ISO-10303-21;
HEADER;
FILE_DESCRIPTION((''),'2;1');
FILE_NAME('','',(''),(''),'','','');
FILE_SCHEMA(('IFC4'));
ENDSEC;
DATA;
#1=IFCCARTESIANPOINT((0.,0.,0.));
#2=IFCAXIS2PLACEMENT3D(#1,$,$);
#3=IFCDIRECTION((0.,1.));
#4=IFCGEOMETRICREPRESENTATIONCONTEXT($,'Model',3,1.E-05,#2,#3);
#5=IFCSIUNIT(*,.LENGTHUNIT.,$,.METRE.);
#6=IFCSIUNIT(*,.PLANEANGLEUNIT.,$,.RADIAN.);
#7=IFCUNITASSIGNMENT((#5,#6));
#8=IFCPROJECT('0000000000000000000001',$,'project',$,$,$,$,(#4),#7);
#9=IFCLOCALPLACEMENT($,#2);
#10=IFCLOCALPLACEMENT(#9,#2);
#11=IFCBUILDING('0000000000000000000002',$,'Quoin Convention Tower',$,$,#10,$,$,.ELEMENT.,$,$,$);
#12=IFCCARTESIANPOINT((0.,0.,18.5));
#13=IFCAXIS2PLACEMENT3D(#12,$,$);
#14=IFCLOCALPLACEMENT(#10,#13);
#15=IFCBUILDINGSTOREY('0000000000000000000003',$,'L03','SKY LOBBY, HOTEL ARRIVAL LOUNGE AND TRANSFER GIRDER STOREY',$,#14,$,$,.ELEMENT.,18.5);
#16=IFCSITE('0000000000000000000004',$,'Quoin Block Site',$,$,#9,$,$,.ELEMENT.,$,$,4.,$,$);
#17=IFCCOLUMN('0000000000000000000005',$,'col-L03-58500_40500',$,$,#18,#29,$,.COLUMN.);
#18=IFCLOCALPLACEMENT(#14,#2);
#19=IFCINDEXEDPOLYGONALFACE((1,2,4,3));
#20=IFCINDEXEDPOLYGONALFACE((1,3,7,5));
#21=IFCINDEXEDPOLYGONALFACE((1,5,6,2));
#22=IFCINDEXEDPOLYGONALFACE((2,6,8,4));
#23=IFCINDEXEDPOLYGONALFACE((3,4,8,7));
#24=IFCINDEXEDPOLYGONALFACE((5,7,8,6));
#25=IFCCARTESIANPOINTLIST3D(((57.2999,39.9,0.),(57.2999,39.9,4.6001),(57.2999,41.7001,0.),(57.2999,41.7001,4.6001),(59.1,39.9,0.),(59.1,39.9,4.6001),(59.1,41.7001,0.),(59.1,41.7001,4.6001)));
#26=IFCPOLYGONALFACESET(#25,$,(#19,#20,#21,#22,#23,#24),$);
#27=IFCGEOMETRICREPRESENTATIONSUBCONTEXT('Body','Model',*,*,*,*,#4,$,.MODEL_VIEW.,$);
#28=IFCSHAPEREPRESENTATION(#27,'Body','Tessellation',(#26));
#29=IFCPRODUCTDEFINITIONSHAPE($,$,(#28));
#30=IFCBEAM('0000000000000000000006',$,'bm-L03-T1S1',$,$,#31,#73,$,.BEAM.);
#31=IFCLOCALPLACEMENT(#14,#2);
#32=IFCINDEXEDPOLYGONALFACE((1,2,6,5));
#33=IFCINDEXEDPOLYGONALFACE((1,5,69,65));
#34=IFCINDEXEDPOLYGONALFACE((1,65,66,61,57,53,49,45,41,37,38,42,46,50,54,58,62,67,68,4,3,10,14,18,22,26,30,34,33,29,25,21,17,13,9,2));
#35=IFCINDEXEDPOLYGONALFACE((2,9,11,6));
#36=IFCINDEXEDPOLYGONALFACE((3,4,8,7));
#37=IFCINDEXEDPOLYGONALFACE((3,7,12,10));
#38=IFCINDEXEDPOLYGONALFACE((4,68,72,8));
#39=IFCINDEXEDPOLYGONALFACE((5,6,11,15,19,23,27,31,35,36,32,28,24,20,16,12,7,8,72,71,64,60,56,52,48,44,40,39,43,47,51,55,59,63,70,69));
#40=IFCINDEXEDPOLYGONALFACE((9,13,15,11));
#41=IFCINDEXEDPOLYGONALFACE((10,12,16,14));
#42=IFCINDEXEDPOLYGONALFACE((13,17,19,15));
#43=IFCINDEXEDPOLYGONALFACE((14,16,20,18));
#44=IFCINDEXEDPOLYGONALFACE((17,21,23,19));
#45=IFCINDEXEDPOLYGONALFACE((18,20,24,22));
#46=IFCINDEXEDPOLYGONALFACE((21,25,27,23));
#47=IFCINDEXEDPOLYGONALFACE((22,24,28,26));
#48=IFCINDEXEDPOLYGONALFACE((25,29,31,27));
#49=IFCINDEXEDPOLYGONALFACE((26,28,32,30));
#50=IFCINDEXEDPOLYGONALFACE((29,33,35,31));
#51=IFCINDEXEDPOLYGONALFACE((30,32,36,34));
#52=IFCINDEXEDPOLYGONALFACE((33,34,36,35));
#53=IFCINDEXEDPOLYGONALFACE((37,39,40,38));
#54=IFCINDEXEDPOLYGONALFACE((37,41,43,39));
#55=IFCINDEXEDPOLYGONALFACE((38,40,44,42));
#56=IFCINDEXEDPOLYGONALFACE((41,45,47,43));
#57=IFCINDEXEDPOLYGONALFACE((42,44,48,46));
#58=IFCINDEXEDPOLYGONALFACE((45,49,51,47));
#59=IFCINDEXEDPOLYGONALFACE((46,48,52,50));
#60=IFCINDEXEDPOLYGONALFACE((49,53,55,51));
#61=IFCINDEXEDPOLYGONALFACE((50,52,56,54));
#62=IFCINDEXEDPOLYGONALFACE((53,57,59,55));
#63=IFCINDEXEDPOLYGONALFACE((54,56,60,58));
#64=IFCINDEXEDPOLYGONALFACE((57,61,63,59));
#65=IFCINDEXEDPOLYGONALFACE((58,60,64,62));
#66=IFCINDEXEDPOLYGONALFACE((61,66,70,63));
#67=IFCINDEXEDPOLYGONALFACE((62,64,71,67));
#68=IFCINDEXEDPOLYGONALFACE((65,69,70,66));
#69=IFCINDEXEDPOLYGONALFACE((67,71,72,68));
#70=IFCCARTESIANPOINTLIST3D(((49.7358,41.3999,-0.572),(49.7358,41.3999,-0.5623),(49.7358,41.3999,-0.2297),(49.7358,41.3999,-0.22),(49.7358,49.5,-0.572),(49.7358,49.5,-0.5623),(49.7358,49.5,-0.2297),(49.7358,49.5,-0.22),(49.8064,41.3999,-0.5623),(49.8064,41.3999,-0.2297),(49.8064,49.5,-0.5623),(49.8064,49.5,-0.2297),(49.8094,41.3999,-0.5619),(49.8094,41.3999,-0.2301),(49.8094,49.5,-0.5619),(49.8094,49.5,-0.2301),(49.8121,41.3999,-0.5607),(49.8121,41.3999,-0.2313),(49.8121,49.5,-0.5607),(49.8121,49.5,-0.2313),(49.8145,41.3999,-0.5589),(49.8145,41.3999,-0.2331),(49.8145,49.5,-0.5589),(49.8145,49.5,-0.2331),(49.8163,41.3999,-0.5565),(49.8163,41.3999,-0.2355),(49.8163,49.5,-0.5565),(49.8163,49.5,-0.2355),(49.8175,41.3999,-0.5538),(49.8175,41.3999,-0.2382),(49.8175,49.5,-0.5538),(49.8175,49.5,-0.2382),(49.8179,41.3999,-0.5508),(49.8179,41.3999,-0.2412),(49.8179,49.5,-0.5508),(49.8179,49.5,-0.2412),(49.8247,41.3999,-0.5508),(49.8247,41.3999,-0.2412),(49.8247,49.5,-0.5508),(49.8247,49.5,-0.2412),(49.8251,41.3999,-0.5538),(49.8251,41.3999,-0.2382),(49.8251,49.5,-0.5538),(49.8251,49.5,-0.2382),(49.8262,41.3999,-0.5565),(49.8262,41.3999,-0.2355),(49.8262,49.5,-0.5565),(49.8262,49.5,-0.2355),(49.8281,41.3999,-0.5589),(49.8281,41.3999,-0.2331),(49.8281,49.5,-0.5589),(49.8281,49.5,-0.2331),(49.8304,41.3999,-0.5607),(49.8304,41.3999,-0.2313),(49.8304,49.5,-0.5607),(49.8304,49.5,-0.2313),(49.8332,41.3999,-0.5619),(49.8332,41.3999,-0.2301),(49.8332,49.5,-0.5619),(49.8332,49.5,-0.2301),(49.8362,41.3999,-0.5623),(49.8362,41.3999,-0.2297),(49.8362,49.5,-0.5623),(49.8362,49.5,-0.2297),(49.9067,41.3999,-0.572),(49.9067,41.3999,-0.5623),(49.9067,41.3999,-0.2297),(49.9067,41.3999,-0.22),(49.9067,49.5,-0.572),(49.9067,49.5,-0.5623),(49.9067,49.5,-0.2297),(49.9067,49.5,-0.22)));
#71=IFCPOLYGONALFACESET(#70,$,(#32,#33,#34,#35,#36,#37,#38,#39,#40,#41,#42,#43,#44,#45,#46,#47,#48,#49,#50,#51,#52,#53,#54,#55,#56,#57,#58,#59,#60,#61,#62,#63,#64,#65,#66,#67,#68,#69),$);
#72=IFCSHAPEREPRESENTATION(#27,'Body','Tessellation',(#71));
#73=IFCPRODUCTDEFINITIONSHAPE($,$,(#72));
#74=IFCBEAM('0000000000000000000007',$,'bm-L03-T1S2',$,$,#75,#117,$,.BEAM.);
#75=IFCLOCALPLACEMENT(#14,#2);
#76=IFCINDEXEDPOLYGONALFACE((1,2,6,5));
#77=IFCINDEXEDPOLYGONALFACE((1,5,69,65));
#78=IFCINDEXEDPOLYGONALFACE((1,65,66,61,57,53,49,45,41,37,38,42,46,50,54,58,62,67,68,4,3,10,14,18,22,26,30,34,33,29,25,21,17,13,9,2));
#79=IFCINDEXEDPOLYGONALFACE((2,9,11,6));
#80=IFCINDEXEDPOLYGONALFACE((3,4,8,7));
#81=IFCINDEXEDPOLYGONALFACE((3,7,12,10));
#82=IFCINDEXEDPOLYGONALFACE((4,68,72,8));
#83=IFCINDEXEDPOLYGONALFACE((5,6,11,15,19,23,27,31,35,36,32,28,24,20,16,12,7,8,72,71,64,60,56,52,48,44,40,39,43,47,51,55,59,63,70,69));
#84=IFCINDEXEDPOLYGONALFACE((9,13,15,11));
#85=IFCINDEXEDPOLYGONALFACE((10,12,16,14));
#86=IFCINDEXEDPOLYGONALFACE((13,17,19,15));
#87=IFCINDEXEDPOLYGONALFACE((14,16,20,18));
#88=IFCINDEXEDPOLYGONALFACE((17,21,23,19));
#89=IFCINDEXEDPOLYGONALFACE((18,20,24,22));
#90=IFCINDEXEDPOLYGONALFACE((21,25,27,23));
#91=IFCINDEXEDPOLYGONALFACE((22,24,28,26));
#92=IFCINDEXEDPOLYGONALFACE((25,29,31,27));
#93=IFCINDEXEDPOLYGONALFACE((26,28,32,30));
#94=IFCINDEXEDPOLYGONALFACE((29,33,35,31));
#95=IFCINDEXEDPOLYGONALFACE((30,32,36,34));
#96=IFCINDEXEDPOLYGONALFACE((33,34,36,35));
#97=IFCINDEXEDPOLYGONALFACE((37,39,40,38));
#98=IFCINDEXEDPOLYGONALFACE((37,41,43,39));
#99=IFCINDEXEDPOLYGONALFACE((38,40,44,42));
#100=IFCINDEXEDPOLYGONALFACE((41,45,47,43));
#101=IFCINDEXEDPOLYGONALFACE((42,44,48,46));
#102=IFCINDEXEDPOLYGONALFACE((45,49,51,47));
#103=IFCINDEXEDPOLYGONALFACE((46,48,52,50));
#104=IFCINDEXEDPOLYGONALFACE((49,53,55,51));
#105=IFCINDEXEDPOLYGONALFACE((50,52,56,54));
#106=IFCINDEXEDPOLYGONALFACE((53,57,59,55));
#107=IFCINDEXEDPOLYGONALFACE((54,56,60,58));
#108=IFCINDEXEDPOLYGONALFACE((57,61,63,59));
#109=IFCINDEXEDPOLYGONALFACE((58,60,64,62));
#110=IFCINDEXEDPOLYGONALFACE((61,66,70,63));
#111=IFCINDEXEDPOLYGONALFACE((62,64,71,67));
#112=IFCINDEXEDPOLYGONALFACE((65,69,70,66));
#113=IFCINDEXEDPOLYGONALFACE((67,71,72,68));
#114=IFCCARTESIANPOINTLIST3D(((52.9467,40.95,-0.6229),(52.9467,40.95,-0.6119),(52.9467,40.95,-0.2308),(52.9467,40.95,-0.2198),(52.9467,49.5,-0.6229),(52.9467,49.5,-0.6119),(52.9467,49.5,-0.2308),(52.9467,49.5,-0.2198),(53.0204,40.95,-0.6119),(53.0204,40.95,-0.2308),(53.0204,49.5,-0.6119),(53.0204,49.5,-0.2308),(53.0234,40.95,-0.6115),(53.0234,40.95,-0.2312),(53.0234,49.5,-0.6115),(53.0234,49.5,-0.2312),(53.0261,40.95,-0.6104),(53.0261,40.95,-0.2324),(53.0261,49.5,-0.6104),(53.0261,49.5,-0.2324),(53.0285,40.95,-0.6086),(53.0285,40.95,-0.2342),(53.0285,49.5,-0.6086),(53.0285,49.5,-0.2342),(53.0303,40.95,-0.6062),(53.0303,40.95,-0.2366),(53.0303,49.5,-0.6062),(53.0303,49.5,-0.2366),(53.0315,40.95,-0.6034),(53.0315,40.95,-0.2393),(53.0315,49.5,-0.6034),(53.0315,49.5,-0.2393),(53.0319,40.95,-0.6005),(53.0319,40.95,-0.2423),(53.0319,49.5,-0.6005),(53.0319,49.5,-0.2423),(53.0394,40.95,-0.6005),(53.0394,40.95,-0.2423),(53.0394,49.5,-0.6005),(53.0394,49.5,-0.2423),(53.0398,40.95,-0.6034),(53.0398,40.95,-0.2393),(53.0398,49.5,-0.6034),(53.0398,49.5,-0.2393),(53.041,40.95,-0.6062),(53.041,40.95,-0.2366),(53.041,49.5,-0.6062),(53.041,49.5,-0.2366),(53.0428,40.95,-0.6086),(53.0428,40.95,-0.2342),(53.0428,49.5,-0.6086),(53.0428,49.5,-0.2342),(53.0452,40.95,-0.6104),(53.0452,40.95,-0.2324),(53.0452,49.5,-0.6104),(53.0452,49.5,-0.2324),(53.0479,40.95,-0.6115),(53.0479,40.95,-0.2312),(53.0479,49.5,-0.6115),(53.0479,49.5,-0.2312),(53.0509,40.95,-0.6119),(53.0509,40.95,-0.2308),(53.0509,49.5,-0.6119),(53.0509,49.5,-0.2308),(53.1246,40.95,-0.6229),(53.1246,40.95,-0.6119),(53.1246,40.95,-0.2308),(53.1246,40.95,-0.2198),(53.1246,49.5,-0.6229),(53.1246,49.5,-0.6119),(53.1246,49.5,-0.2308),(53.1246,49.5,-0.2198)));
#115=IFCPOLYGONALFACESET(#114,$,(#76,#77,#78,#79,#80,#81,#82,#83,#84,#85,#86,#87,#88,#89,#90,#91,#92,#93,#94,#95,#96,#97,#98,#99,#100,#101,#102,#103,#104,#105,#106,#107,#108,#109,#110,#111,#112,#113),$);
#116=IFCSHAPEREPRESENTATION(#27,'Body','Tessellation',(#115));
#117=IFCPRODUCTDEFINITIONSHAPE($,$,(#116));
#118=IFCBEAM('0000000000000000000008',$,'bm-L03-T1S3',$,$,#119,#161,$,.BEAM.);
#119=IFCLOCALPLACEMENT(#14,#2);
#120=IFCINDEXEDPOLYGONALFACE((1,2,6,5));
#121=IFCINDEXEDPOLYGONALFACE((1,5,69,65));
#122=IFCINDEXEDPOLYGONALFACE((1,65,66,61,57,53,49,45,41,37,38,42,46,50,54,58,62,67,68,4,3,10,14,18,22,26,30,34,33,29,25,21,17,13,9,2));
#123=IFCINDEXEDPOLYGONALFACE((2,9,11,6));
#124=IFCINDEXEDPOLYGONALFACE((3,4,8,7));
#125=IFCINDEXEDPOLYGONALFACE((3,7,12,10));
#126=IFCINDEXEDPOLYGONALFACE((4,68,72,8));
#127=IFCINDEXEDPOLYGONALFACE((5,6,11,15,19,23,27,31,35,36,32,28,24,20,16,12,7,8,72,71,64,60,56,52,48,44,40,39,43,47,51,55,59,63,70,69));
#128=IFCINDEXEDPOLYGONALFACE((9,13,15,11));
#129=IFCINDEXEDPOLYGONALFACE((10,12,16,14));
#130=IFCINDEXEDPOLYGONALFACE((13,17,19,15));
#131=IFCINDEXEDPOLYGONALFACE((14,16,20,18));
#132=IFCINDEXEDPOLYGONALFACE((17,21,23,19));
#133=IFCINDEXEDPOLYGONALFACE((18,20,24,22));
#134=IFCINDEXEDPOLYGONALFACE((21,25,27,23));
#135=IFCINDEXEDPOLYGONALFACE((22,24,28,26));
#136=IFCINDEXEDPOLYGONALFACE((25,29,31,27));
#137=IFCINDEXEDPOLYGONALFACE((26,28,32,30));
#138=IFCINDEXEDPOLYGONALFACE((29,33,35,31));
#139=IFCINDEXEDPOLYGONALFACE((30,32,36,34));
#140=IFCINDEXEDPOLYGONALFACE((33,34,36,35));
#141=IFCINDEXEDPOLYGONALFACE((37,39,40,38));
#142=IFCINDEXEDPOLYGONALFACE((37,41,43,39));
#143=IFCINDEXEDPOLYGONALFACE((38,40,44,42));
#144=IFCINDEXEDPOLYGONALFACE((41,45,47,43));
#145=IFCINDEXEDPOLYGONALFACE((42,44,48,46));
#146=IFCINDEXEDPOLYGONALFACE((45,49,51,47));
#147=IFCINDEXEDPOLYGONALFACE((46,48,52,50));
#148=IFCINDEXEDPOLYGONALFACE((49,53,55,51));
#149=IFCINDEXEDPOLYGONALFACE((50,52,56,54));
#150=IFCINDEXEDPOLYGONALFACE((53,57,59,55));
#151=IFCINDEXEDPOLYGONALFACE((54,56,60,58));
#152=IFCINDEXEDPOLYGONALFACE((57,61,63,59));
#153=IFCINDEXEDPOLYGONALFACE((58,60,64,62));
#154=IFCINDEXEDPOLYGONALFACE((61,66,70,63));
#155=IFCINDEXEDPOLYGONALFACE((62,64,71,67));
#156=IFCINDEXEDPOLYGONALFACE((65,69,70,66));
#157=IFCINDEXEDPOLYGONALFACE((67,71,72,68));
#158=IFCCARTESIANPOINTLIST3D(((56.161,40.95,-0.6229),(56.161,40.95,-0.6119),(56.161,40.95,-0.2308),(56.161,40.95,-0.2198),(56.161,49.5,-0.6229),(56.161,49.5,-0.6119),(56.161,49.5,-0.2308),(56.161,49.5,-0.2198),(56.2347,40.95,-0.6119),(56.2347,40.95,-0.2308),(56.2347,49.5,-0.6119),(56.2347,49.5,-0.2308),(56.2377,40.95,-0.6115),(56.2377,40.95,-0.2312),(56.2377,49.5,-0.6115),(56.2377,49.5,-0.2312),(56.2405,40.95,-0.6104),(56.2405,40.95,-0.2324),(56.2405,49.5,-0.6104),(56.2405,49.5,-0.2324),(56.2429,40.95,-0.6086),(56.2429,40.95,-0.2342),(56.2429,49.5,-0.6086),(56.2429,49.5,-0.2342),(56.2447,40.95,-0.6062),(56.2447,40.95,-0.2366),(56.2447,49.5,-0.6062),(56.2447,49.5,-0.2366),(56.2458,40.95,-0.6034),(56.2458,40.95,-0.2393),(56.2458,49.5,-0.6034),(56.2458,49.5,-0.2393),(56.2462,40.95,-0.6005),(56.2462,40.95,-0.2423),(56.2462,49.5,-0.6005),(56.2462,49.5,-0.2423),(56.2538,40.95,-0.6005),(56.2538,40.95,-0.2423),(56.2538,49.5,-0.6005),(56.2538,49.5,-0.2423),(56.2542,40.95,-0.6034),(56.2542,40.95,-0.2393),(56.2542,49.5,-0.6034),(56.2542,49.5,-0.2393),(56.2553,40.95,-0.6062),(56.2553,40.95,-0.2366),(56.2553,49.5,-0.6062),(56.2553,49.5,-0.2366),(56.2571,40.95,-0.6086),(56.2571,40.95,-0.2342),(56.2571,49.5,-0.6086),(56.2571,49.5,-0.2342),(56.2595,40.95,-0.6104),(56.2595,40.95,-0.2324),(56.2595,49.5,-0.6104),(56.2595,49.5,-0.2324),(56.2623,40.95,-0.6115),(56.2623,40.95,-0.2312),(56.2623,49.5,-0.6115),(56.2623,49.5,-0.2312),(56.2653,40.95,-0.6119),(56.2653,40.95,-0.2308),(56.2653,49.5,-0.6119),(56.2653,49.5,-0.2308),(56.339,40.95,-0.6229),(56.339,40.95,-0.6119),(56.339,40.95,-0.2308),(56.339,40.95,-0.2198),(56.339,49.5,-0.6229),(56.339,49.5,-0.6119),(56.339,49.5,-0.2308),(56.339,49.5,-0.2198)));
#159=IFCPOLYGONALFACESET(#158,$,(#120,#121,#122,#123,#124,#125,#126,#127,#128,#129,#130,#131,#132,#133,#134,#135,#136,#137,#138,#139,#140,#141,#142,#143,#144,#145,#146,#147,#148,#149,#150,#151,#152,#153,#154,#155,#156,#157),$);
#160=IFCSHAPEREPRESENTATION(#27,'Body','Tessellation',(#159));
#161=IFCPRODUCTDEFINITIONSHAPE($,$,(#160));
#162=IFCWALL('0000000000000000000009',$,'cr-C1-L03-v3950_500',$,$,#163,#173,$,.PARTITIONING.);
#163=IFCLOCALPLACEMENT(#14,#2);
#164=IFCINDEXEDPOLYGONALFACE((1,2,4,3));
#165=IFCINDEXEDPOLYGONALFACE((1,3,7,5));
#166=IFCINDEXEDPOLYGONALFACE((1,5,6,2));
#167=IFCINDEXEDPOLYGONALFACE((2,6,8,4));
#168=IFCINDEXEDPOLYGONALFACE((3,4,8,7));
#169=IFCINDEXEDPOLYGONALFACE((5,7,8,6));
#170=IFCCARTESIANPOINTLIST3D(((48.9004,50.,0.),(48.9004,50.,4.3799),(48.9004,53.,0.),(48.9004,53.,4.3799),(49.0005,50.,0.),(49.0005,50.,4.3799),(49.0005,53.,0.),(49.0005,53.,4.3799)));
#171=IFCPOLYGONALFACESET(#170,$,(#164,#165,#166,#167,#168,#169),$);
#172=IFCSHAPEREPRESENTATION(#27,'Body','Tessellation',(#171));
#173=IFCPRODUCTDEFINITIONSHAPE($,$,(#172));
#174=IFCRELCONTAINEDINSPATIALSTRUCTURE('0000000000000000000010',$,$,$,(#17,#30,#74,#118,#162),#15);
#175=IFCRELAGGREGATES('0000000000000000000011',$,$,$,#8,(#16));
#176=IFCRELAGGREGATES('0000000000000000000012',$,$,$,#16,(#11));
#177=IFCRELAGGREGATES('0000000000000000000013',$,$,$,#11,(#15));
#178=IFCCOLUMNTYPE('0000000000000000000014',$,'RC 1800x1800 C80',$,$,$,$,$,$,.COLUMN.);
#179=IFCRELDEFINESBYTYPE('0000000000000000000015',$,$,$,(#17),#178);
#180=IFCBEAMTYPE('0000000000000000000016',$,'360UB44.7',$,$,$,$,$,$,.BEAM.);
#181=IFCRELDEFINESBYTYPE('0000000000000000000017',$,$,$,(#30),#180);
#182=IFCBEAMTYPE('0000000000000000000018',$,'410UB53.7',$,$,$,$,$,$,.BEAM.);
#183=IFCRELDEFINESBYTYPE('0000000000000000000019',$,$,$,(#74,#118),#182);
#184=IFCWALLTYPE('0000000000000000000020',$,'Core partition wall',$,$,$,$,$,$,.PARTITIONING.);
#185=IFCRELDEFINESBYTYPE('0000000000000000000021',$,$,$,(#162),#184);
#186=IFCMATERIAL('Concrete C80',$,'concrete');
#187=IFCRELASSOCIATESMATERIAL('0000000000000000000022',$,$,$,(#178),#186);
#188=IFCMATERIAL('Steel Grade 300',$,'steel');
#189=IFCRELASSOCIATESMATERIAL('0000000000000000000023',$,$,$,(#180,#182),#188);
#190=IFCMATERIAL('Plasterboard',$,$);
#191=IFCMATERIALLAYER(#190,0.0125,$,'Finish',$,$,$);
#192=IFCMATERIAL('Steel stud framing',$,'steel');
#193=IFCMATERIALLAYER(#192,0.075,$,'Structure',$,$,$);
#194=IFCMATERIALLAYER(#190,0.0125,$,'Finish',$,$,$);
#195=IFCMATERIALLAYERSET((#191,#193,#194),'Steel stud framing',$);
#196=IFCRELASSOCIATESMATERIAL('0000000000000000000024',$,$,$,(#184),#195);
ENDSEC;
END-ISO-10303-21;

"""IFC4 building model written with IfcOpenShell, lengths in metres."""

from ifc_helpers import new_model, si_unit, direction, frame, frame_2d, origin, origin_2d, place, context, subcontext, project, spatial, rectangle, i_section, extrude, material, layer, layer_set, material_profile, profile_set, type_object, element, save


model = new_model("IFC4")

# Units and contexts
model_context = context("Model", 3, precision=1e-05, world=origin(), true_north=direction((0.0, 1.0)))
body_context = subcontext(model_context, "Body", "Model", "MODEL_VIEW")
ifc_project = project(units=[si_unit("LENGTHUNIT", "METRE"), si_unit("PLANEANGLEUNIT", "RADIAN")], contexts=[model_context])

# Site, building, storey
site_placement = place(None, origin())
site = spatial("IfcSite", under=ifc_project, at=site_placement, Name="Quoin Block Site", CompositionType="ELEMENT", RefElevation=4.0)
building_placement = place(site_placement, origin())
building = spatial("IfcBuilding", under=site, at=building_placement, Name="Quoin Convention Tower", CompositionType="ELEMENT")
storey_placement = place(building_placement, frame((0.0, 0.0, 18.5)))
storey = spatial("IfcBuildingStorey", under=building, at=storey_placement, Name="L03", Description="SKY LOBBY, HOTEL ARRIVAL LOUNGE AND TRANSFER GIRDER STOREY", CompositionType="ELEMENT", Elevation=18.5)

# Column
ifc_material_1 = material(Name="Concrete C80", Category="concrete")
ifc_material_profile_1 = material_profile(ifc_material_1, rectangle(XDim=1.8, YDim=1.8, at=origin_2d()), Name="RC 1800x1800")
ifc_profile_set_1 = profile_set([ifc_material_profile_1], Name="Concrete C80")
column_type = type_object("IfcColumnType", Name="RC 1800x1800 C80", PredefinedType="COLUMN", material=ifc_profile_set_1)
column_placement = place(storey_placement, frame((58.2, 40.8, 0.0), z_axis=(0.0, 0.0, 1.0), x_axis=(1.0, 0.0, 0.0)))
element("IfcColumn", 1, at=column_placement, inside=storey, type_object=column_type, Name="col-L03-58500_40500", PredefinedType="COLUMN", context=body_context, shape_type="SweptSolid", body=[
    extrude(rectangle(XDim=1.8, YDim=1.8, at=origin_2d()), origin(), (0.0, 0.0, 1.0), 4.6001),
])

# Beams
ifc_material_2 = material(Name="Steel Grade 300", Category="steel")
ifc_material_profile_2 = material_profile(ifc_material_2, i_section(OverallWidth=0.1709, OverallDepth=0.3521, WebThickness=0.0068, FlangeThickness=0.0098, FilletRadius=0.0115, at=origin_2d()), Name="360UB44.7")
ifc_profile_set_2 = profile_set([ifc_material_profile_2], Name="Steel Grade 300")
beam_type_1 = type_object("IfcBeamType", Name="360UB44.7", PredefinedType="BEAM", material=ifc_profile_set_2)
beam_placement = place(storey_placement, frame((49.8213, 41.3999, -0.396), z_axis=(0.0, 1.0, 0.0), x_axis=(-1.0, 0.0, 0.0)))
element("IfcBeam", 2, at=beam_placement, inside=storey, type_object=beam_type_1, Name="bm-L03-T1S1", PredefinedType="BEAM", context=body_context, shape_type="SweptSolid", body=[
    extrude(i_section(OverallWidth=0.1709, OverallDepth=0.3521, WebThickness=0.0068, FlangeThickness=0.0098, FilletRadius=0.0115, at=origin_2d()), origin(), (0.0, 0.0, 1.0), 8.1001),
])
ifc_material_profile_3 = material_profile(ifc_material_2, i_section(OverallWidth=0.178, OverallDepth=0.4031, WebThickness=0.0076, FlangeThickness=0.011, FilletRadius=0.0115, at=origin_2d()), Name="410UB53.7")
ifc_profile_set_3 = profile_set([ifc_material_profile_3], Name="Steel Grade 300")
beam_type_2 = type_object("IfcBeamType", Name="410UB53.7", PredefinedType="BEAM", material=ifc_profile_set_3)
for number, where, z_axis, x_axis, name in (
    (3, (53.0356, 40.95, -0.4214), (0.0, 1.0, 0.0), (-1.0, 0.0, 0.0), "bm-L03-T1S2"),
    (4, (56.25, 40.95, -0.4214), (0.0, 1.0, 0.0), (-1.0, 0.0, 0.0), "bm-L03-T1S3"),
):
    element("IfcBeam", number, at=place(storey_placement, frame(where, z_axis=z_axis, x_axis=x_axis)), inside=storey, type_object=beam_type_2, Name=name, PredefinedType="BEAM", context=body_context, shape_type="SweptSolid", body=[
        extrude(i_section(OverallWidth=0.178, OverallDepth=0.4031, WebThickness=0.0076, FlangeThickness=0.011, FilletRadius=0.0115, at=origin_2d()), origin(), (0.0, 0.0, 1.0), 8.55),
    ])

# Wall
ifc_material_3 = material(Name="Plasterboard")
ifc_layer_1 = layer(ifc_material_3, 0.0125, Name="Finish")
ifc_material_4 = material(Name="Steel stud framing", Category="steel")
ifc_layer_2 = layer(ifc_material_4, 0.075, Name="Structure")
ifc_layer_3 = layer(ifc_material_3, 0.0125, Name="Finish")
ifc_layer_set_1 = layer_set([ifc_layer_1, ifc_layer_2, ifc_layer_3], Name="Steel stud framing")
wall_type_1 = type_object("IfcWallType", Name="Core partition wall", PredefinedType="PARTITIONING", material=ifc_layer_set_1)
wall_1_placement = place(storey_placement, frame((48.9504, 50.0, 0.0), z_axis=(0.0, 0.0, 1.0), x_axis=(0.0, 1.0, 0.0)))
element("IfcWall", 5, at=wall_1_placement, inside=storey, type_object=wall_type_1, Name="cr-C1-L03-v3950_500", PredefinedType="PARTITIONING", context=body_context, shape_type="SweptSolid", body=[
    extrude(rectangle(XDim=3.0, YDim=0.1001, at=frame_2d((1.5, 0.0))), origin(), (0.0, 0.0, 1.0), 4.3799),
])

save(model, "model.ifc")
